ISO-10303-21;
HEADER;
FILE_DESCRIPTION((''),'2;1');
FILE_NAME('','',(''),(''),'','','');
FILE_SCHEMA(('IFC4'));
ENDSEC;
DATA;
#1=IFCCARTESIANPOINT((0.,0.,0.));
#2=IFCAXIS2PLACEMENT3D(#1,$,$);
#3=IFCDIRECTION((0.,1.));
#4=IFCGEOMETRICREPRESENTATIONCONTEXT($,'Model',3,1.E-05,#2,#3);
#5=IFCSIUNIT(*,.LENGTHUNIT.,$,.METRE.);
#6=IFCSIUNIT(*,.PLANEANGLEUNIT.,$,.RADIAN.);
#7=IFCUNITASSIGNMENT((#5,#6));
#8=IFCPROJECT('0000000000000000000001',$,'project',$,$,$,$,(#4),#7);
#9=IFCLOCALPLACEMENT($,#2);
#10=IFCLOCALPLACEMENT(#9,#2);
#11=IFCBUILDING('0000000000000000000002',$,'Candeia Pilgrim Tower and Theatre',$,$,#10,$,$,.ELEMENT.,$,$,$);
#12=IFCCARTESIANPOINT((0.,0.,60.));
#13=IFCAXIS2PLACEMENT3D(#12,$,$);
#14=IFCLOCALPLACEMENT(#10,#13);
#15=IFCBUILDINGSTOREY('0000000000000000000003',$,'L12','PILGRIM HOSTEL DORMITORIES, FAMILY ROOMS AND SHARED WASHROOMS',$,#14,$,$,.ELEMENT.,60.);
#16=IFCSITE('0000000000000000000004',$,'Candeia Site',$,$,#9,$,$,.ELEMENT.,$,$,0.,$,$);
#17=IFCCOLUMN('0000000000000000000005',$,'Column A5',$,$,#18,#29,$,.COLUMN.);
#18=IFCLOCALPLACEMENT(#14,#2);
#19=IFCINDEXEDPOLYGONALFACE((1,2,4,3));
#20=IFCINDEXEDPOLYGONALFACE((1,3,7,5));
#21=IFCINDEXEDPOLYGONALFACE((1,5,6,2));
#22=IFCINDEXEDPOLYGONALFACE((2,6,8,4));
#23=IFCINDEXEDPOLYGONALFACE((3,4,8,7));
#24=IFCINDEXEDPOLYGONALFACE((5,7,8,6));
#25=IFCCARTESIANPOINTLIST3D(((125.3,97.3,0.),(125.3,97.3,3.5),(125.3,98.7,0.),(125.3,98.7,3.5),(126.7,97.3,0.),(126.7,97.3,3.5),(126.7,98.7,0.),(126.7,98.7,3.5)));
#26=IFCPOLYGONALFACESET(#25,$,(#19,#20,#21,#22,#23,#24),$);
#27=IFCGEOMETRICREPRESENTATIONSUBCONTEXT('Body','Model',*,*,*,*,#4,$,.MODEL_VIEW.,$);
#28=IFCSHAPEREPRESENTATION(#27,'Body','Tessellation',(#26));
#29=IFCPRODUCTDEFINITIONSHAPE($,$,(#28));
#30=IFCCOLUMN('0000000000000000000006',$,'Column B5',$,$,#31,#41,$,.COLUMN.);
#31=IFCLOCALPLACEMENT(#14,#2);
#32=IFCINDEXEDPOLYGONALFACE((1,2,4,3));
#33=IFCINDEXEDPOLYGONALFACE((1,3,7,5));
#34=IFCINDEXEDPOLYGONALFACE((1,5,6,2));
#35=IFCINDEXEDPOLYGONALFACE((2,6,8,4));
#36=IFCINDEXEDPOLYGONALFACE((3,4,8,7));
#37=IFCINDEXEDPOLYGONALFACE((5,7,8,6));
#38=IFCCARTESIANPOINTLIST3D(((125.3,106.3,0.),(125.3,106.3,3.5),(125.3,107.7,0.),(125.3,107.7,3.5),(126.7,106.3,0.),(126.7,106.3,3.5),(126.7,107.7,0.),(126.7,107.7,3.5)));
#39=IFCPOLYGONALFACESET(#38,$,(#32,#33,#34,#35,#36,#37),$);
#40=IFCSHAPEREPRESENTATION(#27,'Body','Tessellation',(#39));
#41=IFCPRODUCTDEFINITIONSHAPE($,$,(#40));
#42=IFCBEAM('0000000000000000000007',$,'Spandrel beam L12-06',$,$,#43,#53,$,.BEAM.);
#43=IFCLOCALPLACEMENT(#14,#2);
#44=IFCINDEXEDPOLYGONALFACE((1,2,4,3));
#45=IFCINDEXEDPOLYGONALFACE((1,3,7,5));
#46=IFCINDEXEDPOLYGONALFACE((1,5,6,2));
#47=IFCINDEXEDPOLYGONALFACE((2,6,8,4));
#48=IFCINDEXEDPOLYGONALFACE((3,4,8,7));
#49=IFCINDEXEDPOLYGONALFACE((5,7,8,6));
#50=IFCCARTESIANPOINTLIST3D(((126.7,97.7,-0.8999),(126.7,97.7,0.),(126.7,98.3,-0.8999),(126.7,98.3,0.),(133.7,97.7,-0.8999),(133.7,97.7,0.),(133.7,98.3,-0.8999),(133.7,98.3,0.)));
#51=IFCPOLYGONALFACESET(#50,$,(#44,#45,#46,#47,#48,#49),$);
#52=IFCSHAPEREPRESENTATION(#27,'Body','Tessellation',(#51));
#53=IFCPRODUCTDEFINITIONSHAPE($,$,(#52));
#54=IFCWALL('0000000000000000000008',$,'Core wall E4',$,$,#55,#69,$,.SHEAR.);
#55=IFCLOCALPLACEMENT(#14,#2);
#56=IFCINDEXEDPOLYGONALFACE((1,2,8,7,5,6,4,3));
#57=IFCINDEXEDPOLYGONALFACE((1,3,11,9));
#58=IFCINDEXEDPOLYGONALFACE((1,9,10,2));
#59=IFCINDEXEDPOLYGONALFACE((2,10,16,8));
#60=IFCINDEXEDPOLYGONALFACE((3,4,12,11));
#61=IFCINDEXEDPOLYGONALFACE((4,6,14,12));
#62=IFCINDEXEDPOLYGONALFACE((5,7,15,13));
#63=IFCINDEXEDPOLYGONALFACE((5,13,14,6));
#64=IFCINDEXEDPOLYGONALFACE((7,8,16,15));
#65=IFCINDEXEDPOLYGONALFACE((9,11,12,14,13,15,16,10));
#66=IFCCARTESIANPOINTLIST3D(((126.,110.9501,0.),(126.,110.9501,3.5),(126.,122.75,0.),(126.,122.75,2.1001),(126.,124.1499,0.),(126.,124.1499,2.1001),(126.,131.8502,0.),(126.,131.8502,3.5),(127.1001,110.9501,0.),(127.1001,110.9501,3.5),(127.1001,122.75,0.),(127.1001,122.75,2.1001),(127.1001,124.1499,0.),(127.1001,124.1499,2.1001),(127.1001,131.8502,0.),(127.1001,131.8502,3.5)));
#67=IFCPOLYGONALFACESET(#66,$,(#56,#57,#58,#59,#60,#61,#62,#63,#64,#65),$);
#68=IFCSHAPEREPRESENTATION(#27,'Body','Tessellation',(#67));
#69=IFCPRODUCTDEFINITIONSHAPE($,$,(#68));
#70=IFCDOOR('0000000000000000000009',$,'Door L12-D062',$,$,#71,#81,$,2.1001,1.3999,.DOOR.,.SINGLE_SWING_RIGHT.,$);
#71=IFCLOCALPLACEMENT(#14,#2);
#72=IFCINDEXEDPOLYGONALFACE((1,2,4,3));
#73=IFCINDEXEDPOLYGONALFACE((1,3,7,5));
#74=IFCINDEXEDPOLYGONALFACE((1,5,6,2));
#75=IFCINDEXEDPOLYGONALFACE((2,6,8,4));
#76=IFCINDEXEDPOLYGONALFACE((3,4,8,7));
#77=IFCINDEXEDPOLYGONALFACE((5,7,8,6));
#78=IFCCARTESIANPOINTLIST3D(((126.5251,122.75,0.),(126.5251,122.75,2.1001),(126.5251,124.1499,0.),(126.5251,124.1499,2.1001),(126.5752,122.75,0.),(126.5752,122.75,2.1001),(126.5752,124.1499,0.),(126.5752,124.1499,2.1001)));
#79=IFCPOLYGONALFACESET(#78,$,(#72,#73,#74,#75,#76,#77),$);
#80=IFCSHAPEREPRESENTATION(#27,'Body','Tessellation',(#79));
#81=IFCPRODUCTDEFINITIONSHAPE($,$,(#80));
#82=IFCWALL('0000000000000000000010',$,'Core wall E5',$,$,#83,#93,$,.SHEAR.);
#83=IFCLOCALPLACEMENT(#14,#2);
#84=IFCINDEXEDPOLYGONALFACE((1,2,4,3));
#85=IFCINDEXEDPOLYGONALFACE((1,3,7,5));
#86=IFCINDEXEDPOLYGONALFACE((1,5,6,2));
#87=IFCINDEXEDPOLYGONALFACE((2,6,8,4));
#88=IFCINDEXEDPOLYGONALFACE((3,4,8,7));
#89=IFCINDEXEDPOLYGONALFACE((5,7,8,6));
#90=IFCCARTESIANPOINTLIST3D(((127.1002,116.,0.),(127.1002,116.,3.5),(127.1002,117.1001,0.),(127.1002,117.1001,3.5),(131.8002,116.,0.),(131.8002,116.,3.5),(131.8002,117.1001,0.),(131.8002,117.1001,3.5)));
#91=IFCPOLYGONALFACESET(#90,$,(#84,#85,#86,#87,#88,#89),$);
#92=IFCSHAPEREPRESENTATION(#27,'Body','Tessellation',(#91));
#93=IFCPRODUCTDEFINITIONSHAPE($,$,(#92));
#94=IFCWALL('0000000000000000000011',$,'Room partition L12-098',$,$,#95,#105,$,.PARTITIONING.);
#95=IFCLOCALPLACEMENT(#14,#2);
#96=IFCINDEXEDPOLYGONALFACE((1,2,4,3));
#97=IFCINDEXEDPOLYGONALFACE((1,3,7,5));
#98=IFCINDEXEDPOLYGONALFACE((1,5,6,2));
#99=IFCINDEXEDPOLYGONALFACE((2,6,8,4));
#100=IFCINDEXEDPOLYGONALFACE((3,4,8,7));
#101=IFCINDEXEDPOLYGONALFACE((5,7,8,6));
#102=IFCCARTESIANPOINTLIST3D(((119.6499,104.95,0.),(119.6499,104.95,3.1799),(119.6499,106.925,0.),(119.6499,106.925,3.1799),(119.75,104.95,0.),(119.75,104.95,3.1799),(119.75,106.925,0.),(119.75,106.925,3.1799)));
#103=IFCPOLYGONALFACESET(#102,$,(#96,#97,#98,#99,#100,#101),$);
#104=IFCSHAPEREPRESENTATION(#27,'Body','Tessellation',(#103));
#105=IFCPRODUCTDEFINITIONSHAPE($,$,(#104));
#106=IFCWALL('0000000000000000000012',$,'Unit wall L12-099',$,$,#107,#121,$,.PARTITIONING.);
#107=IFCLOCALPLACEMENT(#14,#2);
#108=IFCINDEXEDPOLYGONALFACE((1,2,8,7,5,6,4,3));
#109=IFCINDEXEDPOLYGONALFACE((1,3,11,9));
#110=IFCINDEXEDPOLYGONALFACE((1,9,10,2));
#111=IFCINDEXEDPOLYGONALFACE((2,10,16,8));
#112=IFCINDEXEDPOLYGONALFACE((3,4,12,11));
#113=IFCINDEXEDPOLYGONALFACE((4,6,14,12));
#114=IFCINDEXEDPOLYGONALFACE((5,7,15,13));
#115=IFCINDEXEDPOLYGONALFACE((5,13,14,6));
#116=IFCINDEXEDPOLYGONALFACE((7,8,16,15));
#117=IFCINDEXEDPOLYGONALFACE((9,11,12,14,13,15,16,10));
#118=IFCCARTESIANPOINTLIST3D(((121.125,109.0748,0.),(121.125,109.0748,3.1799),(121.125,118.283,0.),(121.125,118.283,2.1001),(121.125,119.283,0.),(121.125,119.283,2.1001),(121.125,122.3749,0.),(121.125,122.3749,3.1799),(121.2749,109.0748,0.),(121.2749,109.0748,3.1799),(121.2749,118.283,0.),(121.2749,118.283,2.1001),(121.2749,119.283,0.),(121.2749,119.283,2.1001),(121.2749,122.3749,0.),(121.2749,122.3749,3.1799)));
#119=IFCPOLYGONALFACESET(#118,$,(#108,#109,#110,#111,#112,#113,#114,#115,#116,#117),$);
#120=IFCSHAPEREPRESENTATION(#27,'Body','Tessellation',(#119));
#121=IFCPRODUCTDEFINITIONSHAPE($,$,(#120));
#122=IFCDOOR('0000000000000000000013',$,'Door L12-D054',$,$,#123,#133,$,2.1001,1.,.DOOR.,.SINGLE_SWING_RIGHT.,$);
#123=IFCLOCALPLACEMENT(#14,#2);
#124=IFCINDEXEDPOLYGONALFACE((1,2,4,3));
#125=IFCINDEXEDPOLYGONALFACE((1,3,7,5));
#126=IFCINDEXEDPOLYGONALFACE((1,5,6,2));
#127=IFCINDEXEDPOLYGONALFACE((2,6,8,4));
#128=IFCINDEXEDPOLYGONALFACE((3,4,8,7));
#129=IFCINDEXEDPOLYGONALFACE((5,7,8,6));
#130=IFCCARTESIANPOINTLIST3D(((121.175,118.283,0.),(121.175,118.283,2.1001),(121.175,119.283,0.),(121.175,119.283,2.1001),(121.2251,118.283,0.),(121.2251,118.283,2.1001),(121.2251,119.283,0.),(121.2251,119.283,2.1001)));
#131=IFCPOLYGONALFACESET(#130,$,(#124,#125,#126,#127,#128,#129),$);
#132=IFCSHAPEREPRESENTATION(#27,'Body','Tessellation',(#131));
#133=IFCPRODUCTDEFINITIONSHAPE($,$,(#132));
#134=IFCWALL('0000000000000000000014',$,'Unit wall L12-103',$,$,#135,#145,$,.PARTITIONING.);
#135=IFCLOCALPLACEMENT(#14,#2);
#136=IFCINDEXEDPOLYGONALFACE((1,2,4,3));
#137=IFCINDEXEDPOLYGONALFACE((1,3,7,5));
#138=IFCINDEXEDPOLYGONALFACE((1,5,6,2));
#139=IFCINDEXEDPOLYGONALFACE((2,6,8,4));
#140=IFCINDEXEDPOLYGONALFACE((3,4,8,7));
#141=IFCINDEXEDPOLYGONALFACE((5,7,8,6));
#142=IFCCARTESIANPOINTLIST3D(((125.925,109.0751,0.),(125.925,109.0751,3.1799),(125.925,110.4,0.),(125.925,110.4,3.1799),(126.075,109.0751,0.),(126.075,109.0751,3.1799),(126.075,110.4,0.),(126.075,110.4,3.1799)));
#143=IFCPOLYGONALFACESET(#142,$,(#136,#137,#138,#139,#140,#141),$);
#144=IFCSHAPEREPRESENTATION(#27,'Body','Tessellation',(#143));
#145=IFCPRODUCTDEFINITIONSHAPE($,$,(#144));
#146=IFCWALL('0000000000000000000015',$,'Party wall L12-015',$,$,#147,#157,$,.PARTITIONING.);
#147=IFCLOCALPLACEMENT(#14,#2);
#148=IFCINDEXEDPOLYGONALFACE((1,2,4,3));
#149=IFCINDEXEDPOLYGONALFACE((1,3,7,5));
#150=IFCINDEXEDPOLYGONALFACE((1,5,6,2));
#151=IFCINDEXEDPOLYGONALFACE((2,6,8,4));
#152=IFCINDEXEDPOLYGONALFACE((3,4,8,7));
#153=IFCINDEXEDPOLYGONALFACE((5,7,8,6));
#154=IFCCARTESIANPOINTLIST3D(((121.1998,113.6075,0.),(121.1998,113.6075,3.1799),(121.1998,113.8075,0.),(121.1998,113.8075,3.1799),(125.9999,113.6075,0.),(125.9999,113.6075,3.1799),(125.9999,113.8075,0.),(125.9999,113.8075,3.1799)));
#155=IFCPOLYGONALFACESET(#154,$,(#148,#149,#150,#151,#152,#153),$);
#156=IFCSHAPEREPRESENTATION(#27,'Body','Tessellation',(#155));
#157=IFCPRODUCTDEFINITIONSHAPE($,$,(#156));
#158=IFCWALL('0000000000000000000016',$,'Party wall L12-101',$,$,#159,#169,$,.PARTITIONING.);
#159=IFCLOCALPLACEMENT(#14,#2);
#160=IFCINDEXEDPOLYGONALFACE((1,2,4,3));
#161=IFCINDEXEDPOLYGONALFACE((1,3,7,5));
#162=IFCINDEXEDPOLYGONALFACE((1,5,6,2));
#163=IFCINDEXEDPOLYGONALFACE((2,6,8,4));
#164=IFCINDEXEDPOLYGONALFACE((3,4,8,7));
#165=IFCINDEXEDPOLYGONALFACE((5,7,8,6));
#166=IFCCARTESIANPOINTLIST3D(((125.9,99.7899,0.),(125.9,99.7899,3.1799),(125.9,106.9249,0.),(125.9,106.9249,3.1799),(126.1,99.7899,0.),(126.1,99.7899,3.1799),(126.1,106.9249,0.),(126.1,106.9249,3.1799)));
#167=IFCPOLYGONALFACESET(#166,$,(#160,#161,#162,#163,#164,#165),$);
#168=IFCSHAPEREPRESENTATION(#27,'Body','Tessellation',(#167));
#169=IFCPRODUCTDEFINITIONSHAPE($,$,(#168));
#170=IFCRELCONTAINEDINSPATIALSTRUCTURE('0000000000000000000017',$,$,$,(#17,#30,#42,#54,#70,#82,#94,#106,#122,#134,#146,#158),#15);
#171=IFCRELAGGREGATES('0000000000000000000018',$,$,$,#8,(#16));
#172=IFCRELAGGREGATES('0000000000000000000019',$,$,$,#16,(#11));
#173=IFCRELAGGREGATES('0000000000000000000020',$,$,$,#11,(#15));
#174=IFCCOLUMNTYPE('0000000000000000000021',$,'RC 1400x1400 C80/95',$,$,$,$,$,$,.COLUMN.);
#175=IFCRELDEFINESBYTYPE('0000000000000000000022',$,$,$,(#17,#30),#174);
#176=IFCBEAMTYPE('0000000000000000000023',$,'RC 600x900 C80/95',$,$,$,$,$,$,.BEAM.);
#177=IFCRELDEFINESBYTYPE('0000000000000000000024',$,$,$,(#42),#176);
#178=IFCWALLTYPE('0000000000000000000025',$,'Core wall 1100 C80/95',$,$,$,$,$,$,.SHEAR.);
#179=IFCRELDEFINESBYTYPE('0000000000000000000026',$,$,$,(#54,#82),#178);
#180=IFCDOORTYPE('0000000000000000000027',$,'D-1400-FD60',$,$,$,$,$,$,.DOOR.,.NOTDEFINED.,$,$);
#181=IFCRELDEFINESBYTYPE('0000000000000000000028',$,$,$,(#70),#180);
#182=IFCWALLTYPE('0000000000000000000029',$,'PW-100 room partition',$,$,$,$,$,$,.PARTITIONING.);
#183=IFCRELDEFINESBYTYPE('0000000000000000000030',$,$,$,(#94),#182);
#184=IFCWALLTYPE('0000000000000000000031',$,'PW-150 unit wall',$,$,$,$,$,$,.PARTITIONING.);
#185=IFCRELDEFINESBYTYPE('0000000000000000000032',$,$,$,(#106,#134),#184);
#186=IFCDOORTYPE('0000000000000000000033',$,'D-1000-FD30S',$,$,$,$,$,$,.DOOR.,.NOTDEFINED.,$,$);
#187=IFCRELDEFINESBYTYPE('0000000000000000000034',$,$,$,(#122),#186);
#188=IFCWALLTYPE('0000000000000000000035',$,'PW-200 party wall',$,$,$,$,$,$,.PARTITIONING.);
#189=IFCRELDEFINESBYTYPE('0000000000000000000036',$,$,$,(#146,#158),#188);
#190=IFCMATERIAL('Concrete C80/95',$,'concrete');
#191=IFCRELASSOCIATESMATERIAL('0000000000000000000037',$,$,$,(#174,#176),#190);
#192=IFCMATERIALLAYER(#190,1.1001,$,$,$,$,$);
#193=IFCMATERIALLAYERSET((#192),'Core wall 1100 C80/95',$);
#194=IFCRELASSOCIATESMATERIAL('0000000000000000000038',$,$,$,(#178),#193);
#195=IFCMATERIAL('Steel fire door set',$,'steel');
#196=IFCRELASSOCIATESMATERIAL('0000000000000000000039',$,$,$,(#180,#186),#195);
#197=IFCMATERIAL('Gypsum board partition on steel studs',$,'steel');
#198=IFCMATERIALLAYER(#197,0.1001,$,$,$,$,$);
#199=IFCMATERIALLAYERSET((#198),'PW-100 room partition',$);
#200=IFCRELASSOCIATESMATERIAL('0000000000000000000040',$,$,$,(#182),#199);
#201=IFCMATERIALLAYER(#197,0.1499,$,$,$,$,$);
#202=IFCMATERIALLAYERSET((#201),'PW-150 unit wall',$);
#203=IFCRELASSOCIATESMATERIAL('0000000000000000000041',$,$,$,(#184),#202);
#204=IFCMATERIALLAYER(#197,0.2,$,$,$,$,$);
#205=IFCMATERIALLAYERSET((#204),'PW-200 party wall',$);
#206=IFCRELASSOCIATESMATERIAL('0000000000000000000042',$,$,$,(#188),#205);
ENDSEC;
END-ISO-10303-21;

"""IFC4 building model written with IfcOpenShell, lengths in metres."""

from ifc_helpers import new_model, si_unit, direction, frame, frame_2d, origin, origin_2d, place, context, subcontext, project, spatial, rectangle, extrude, material, layer, layer_set, material_profile, profile_set, type_object, element, fill, save


model = new_model("IFC4")

# Units and contexts
model_context = context("Model", 3, precision=1e-05, world=origin(), true_north=direction((0.0, 1.0)))
body_context = subcontext(model_context, "Body", "Model", "MODEL_VIEW")
ifc_project = project(units=[si_unit("LENGTHUNIT", "METRE"), si_unit("PLANEANGLEUNIT", "RADIAN")], contexts=[model_context])

# Site, building, storey
site_placement = place(None, origin())
site = spatial("IfcSite", under=ifc_project, at=site_placement, Name="Candeia Site", CompositionType="ELEMENT", RefElevation=0.0)
building_placement = place(site_placement, origin())
building = spatial("IfcBuilding", under=site, at=building_placement, Name="Candeia Pilgrim Tower and Theatre", CompositionType="ELEMENT")
storey_placement = place(building_placement, frame((0.0, 0.0, 60.0)))
storey = spatial("IfcBuildingStorey", under=building, at=storey_placement, Name="L12", Description="PILGRIM HOSTEL DORMITORIES, FAMILY ROOMS AND SHARED WASHROOMS", CompositionType="ELEMENT", Elevation=60.0)

# Columns
ifc_material_1 = material(Name="Concrete C80/95", Category="concrete")
ifc_material_profile_1 = material_profile(ifc_material_1, rectangle(XDim=1.3999, YDim=1.3999, at=origin_2d()))
ifc_profile_set_1 = profile_set([ifc_material_profile_1], Name="Concrete C80/95")
column_type = type_object("IfcColumnType", Name="RC 1400x1400 C80/95", PredefinedType="COLUMN", material=ifc_profile_set_1)
for number, where, z_axis, x_axis, name in (
    (1, (126.0, 98.0, 0.0), (0.0, 0.0, 1.0), (1.0, 0.0, 0.0), "Column A5"),
    (2, (126.0, 107.0, 0.0), (0.0, 0.0, 1.0), (1.0, 0.0, 0.0), "Column B5"),
):
    element("IfcColumn", number, at=place(storey_placement, frame(where, z_axis=z_axis, x_axis=x_axis)), inside=storey, type_object=column_type, Name=name, PredefinedType="COLUMN", context=body_context, shape_type="SweptSolid", body=[
        extrude(rectangle(XDim=1.3999, YDim=1.3999, at=origin_2d()), origin(), (0.0, 0.0, 1.0), 3.5),
    ])

# Beam
ifc_material_profile_2 = material_profile(ifc_material_1, rectangle(XDim=0.6001, YDim=0.8999, at=origin_2d()))
ifc_profile_set_2 = profile_set([ifc_material_profile_2], Name="Concrete C80/95")
beam_type = type_object("IfcBeamType", Name="RC 600x900 C80/95", PredefinedType="BEAM", material=ifc_profile_set_2)
beam_placement = place(storey_placement, frame((126.7, 98.0, -0.45), z_axis=(1.0, 0.0, 0.0), x_axis=(0.0, 1.0, 0.0)))
element("IfcBeam", 3, at=beam_placement, inside=storey, type_object=beam_type, Name="Spandrel beam L12-06", PredefinedType="BEAM", context=body_context, shape_type="SweptSolid", body=[
    extrude(rectangle(XDim=0.6001, YDim=0.8999, at=origin_2d()), origin(), (0.0, 0.0, 1.0), 7.0),
])

# Wall, opening, door
ifc_layer_1 = layer(ifc_material_1, 1.1001)
ifc_layer_set_1 = layer_set([ifc_layer_1], Name="Core wall 1100 C80/95")
wall_type_1 = type_object("IfcWallType", Name="Core wall 1100 C80/95", PredefinedType="SHEAR", material=ifc_layer_set_1)
wall_1_placement = place(storey_placement, frame((126.55, 110.95, 0.0), z_axis=(0.0, 0.0, 1.0), x_axis=(0.0, 1.0, 0.0)))
wall_1 = element("IfcWall", 4, at=wall_1_placement, inside=storey, type_object=wall_type_1, Name="Core wall E4", PredefinedType="SHEAR", context=body_context, shape_type="SweptSolid", body=[
    extrude(rectangle(XDim=20.9001, YDim=1.1001, at=frame_2d((10.4502, 0.0))), origin(), (0.0, 0.0, 1.0), 3.5),
])
opening_1_placement = place(wall_1_placement, frame((11.8, 0.0, 0.0)))
opening_1 = element("IfcOpeningElement", 5, at=opening_1_placement, cuts=wall_1, PredefinedType="OPENING", context=body_context, shape_type="SweptSolid", body=[
    extrude(rectangle(XDim=1.3999, YDim=2.1001, at=frame_2d((0.7, 1.05))), frame((0.0, 0.5601, 0.0), z_axis=(0.0, -1.0, 0.0), x_axis=(1.0, 0.0, 0.0)), (0.0, 0.0, 1.0), 1.1201),
])
ifc_material_2 = material(Name="Steel fire door set", Category="steel")
door_type_1 = type_object("IfcDoorType", Name="D-1400-FD60", OperationType="NOTDEFINED", PredefinedType="DOOR", material=ifc_material_2)
door_1_placement = place(opening_1_placement, origin())
door_1 = element("IfcDoor", 6, at=door_1_placement, inside=storey, type_object=door_type_1, Name="Door L12-D062", OperationType="SINGLE_SWING_RIGHT", OverallHeight=2.1001, OverallWidth=1.3999, PredefinedType="DOOR", context=body_context, shape_type="SweptSolid", body=[
    extrude(rectangle(XDim=1.3999, YDim=2.1001, at=frame_2d((0.7, 1.05))), frame((0.0, 0.0249, 0.0), z_axis=(0.0, -1.0, 0.0), x_axis=(1.0, 0.0, 0.0)), (0.0, 0.0, 1.0), 0.05),
])
fill(opening_1, door_1)

# Walls
wall_2_placement = place(storey_placement, frame((127.1001, 116.55, 0.0), z_axis=(0.0, 0.0, 1.0), x_axis=(1.0, 0.0, 0.0)))
element("IfcWall", 7, at=wall_2_placement, inside=storey, type_object=wall_type_1, Name="Core wall E5", PredefinedType="SHEAR", context=body_context, shape_type="SweptSolid", body=[
    extrude(rectangle(XDim=4.7, YDim=1.1001, at=frame_2d((2.3501, 0.0))), origin(), (0.0, 0.0, 1.0), 3.5),
])
ifc_material_3 = material(Name="Gypsum board partition on steel studs", Category="steel")
ifc_layer_2 = layer(ifc_material_3, 0.1001)
ifc_layer_set_2 = layer_set([ifc_layer_2], Name="PW-100 room partition")
wall_type_2 = type_object("IfcWallType", Name="PW-100 room partition", PredefinedType="PARTITIONING", material=ifc_layer_set_2)
wall_3_placement = place(storey_placement, frame((119.7, 104.95, 0.0), z_axis=(0.0, 0.0, 1.0), x_axis=(0.0, 1.0, 0.0)))
element("IfcWall", 8, at=wall_3_placement, inside=storey, type_object=wall_type_2, Name="Room partition L12-098", PredefinedType="PARTITIONING", context=body_context, shape_type="SweptSolid", body=[
    extrude(rectangle(XDim=1.9751, YDim=0.1001, at=frame_2d((0.9875, 0.0))), origin(), (0.0, 0.0, 1.0), 3.1799),
])

# Wall, opening, door
ifc_layer_3 = layer(ifc_material_3, 0.1499)
ifc_layer_set_3 = layer_set([ifc_layer_3], Name="PW-150 unit wall")
wall_type_3 = type_object("IfcWallType", Name="PW-150 unit wall", PredefinedType="PARTITIONING", material=ifc_layer_set_3)
wall_4_placement = place(storey_placement, frame((121.2, 109.075, 0.0), z_axis=(0.0, 0.0, 1.0), x_axis=(0.0, 1.0, 0.0)))
wall_4 = element("IfcWall", 9, at=wall_4_placement, inside=storey, type_object=wall_type_3, Name="Unit wall L12-099", PredefinedType="PARTITIONING", context=body_context, shape_type="SweptSolid", body=[
    extrude(rectangle(XDim=13.3, YDim=0.1499, at=frame_2d((6.6499, 0.0))), origin(), (0.0, 0.0, 1.0), 3.1799),
])
opening_2_placement = place(wall_4_placement, frame((9.208, 0.0, 0.0)))
opening_2 = element("IfcOpeningElement", 10, at=opening_2_placement, cuts=wall_4, PredefinedType="OPENING", context=body_context, shape_type="SweptSolid", body=[
    extrude(rectangle(XDim=1.0, YDim=2.1001, at=frame_2d((0.5, 1.05))), frame((0.0, 0.085, 0.0), z_axis=(0.0, -1.0, 0.0), x_axis=(1.0, 0.0, 0.0)), (0.0, 0.0, 1.0), 0.1699),
])
door_type_2 = type_object("IfcDoorType", Name="D-1000-FD30S", OperationType="NOTDEFINED", PredefinedType="DOOR", material=ifc_material_2)
door_2_placement = place(opening_2_placement, origin())
door_2 = element("IfcDoor", 11, at=door_2_placement, inside=storey, type_object=door_type_2, Name="Door L12-D054", OperationType="SINGLE_SWING_RIGHT", OverallHeight=2.1001, OverallWidth=1.0, PredefinedType="DOOR", context=body_context, shape_type="SweptSolid", body=[
    extrude(rectangle(XDim=1.0, YDim=2.1001, at=frame_2d((0.5, 1.05))), frame((0.0, 0.0249, 0.0), z_axis=(0.0, -1.0, 0.0), x_axis=(1.0, 0.0, 0.0)), (0.0, 0.0, 1.0), 0.05),
])
fill(opening_2, door_2)

# Walls
wall_5_placement = place(storey_placement, frame((126.0, 109.075, 0.0), z_axis=(0.0, 0.0, 1.0), x_axis=(0.0, 1.0, 0.0)))
element("IfcWall", 12, at=wall_5_placement, inside=storey, type_object=wall_type_3, Name="Unit wall L12-103", PredefinedType="PARTITIONING", context=body_context, shape_type="SweptSolid", body=[
    extrude(rectangle(XDim=1.325, YDim=0.1499, at=frame_2d((0.6626, 0.0))), origin(), (0.0, 0.0, 1.0), 3.1799),
])
ifc_layer_4 = layer(ifc_material_3, 0.2)
ifc_layer_set_4 = layer_set([ifc_layer_4], Name="PW-200 party wall")
wall_type_4 = type_object("IfcWallType", Name="PW-200 party wall", PredefinedType="PARTITIONING", material=ifc_layer_set_4)
wall_6_placement = place(storey_placement, frame((121.2, 113.7075, 0.0), z_axis=(0.0, 0.0, 1.0), x_axis=(1.0, 0.0, 0.0)))
element("IfcWall", 13, at=wall_6_placement, inside=storey, type_object=wall_type_4, Name="Party wall L12-015", PredefinedType="PARTITIONING", context=body_context, shape_type="SweptSolid", body=[
    extrude(rectangle(XDim=4.8, YDim=0.2, at=frame_2d((2.3999, 0.0))), origin(), (0.0, 0.0, 1.0), 3.1799),
])
wall_7_placement = place(storey_placement, frame((126.0, 99.79, 0.0), z_axis=(0.0, 0.0, 1.0), x_axis=(0.0, 1.0, 0.0)))
element("IfcWall", 14, at=wall_7_placement, inside=storey, type_object=wall_type_4, Name="Party wall L12-101", PredefinedType="PARTITIONING", context=body_context, shape_type="SweptSolid", body=[
    extrude(rectangle(XDim=7.135, YDim=0.2, at=frame_2d((3.5674, 0.0))), origin(), (0.0, 0.0, 1.0), 3.1799),
])

save(model, "model.ifc")
